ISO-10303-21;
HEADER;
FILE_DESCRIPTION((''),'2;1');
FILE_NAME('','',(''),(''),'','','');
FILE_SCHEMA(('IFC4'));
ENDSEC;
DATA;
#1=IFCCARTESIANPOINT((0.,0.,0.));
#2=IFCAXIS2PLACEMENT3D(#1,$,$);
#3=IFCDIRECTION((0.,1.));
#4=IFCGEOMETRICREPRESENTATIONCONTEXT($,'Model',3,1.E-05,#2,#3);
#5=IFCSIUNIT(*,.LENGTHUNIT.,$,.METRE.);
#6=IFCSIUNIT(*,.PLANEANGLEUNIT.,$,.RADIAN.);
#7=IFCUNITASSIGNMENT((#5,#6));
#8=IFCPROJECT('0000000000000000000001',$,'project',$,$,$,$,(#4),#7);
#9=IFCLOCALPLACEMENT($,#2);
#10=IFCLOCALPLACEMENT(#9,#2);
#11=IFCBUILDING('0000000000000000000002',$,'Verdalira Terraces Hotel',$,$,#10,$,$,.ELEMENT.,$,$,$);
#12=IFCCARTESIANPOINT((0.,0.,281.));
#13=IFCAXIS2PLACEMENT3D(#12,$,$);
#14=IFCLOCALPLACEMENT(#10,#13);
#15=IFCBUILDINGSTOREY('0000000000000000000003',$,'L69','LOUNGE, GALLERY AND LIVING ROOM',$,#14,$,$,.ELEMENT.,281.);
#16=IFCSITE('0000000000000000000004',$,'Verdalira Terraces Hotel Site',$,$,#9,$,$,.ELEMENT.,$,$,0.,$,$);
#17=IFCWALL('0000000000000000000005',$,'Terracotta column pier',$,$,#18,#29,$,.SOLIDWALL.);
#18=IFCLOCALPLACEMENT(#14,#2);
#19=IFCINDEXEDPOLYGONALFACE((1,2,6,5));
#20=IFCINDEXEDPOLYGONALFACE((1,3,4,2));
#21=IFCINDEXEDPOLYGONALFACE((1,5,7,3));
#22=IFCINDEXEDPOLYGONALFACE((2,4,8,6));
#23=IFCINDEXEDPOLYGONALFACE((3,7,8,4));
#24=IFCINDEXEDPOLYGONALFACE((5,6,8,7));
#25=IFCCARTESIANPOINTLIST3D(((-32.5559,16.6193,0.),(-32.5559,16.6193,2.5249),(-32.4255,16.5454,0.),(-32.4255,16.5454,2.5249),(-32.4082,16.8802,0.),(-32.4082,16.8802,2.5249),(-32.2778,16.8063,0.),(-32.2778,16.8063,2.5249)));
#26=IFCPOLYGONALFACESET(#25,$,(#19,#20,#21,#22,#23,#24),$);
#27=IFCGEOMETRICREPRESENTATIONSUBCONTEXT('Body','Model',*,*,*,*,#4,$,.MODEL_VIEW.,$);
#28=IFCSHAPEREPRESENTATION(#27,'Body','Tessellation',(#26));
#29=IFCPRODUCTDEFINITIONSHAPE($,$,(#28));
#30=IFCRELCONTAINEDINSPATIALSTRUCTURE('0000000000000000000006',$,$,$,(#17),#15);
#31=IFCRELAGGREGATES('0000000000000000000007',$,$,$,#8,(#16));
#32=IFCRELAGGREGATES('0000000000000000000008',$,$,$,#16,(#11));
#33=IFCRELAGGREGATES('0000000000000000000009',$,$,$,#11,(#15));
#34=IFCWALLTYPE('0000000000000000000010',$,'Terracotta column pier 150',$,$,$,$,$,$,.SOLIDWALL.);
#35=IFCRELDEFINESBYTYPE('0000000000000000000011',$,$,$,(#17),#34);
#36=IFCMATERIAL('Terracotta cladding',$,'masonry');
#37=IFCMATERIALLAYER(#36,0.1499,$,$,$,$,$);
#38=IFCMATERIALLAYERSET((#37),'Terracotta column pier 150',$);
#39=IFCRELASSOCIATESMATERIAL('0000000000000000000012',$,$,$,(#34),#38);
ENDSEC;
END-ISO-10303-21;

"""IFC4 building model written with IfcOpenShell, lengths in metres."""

from ifc_helpers import new_model, si_unit, direction, frame, frame_2d, origin, place, context, subcontext, project, spatial, rectangle, extrude, material, layer, layer_set, type_object, element, save


model = new_model("IFC4")

# Units and contexts
model_context = context("Model", 3, precision=1e-05, world=origin(), true_north=direction((0.0, 1.0)))
body_context = subcontext(model_context, "Body", "Model", "MODEL_VIEW")
ifc_project = project(units=[si_unit("LENGTHUNIT", "METRE"), si_unit("PLANEANGLEUNIT", "RADIAN")], contexts=[model_context])

# Site, building, storey
site_placement = place(None, origin())
site = spatial("IfcSite", under=ifc_project, at=site_placement, Name="Verdalira Terraces Hotel Site", CompositionType="ELEMENT", RefElevation=0.0)
building_placement = place(site_placement, origin())
building = spatial("IfcBuilding", under=site, at=building_placement, Name="Verdalira Terraces Hotel", CompositionType="ELEMENT")
storey_placement = place(building_placement, frame((0.0, 0.0, 281.0)))
storey = spatial("IfcBuildingStorey", under=building, at=storey_placement, Name="L69", Description="LOUNGE, GALLERY AND LIVING ROOM", CompositionType="ELEMENT", Elevation=281.0)

# Wall
ifc_material_1 = material(Name="Terracotta cladding", Category="masonry")
ifc_layer_1 = layer(ifc_material_1, 0.1499)
ifc_layer_set_1 = layer_set([ifc_layer_1], Name="Terracotta column pier 150")
wall_type_1 = type_object("IfcWallType", Name="Terracotta column pier 150", PredefinedType="SOLIDWALL", material=ifc_layer_set_1)
wall_1_placement = place(storey_placement, frame((-32.343, 16.8433, 0.0), z_axis=(0.0, 0.0, 1.0), x_axis=(-0.49254, -0.87029, 0.0)))
element("IfcWall", 1, at=wall_1_placement, inside=storey, type_object=wall_type_1, Name="Terracotta column pier", PredefinedType="SOLIDWALL", context=body_context, shape_type="SweptSolid", body=[
    extrude(rectangle(XDim=0.2998, YDim=0.1499, at=frame_2d((0.1499, 0.0))), origin(), (0.0, 0.0, 1.0), 2.5249),
])

save(model, "model.ifc")
